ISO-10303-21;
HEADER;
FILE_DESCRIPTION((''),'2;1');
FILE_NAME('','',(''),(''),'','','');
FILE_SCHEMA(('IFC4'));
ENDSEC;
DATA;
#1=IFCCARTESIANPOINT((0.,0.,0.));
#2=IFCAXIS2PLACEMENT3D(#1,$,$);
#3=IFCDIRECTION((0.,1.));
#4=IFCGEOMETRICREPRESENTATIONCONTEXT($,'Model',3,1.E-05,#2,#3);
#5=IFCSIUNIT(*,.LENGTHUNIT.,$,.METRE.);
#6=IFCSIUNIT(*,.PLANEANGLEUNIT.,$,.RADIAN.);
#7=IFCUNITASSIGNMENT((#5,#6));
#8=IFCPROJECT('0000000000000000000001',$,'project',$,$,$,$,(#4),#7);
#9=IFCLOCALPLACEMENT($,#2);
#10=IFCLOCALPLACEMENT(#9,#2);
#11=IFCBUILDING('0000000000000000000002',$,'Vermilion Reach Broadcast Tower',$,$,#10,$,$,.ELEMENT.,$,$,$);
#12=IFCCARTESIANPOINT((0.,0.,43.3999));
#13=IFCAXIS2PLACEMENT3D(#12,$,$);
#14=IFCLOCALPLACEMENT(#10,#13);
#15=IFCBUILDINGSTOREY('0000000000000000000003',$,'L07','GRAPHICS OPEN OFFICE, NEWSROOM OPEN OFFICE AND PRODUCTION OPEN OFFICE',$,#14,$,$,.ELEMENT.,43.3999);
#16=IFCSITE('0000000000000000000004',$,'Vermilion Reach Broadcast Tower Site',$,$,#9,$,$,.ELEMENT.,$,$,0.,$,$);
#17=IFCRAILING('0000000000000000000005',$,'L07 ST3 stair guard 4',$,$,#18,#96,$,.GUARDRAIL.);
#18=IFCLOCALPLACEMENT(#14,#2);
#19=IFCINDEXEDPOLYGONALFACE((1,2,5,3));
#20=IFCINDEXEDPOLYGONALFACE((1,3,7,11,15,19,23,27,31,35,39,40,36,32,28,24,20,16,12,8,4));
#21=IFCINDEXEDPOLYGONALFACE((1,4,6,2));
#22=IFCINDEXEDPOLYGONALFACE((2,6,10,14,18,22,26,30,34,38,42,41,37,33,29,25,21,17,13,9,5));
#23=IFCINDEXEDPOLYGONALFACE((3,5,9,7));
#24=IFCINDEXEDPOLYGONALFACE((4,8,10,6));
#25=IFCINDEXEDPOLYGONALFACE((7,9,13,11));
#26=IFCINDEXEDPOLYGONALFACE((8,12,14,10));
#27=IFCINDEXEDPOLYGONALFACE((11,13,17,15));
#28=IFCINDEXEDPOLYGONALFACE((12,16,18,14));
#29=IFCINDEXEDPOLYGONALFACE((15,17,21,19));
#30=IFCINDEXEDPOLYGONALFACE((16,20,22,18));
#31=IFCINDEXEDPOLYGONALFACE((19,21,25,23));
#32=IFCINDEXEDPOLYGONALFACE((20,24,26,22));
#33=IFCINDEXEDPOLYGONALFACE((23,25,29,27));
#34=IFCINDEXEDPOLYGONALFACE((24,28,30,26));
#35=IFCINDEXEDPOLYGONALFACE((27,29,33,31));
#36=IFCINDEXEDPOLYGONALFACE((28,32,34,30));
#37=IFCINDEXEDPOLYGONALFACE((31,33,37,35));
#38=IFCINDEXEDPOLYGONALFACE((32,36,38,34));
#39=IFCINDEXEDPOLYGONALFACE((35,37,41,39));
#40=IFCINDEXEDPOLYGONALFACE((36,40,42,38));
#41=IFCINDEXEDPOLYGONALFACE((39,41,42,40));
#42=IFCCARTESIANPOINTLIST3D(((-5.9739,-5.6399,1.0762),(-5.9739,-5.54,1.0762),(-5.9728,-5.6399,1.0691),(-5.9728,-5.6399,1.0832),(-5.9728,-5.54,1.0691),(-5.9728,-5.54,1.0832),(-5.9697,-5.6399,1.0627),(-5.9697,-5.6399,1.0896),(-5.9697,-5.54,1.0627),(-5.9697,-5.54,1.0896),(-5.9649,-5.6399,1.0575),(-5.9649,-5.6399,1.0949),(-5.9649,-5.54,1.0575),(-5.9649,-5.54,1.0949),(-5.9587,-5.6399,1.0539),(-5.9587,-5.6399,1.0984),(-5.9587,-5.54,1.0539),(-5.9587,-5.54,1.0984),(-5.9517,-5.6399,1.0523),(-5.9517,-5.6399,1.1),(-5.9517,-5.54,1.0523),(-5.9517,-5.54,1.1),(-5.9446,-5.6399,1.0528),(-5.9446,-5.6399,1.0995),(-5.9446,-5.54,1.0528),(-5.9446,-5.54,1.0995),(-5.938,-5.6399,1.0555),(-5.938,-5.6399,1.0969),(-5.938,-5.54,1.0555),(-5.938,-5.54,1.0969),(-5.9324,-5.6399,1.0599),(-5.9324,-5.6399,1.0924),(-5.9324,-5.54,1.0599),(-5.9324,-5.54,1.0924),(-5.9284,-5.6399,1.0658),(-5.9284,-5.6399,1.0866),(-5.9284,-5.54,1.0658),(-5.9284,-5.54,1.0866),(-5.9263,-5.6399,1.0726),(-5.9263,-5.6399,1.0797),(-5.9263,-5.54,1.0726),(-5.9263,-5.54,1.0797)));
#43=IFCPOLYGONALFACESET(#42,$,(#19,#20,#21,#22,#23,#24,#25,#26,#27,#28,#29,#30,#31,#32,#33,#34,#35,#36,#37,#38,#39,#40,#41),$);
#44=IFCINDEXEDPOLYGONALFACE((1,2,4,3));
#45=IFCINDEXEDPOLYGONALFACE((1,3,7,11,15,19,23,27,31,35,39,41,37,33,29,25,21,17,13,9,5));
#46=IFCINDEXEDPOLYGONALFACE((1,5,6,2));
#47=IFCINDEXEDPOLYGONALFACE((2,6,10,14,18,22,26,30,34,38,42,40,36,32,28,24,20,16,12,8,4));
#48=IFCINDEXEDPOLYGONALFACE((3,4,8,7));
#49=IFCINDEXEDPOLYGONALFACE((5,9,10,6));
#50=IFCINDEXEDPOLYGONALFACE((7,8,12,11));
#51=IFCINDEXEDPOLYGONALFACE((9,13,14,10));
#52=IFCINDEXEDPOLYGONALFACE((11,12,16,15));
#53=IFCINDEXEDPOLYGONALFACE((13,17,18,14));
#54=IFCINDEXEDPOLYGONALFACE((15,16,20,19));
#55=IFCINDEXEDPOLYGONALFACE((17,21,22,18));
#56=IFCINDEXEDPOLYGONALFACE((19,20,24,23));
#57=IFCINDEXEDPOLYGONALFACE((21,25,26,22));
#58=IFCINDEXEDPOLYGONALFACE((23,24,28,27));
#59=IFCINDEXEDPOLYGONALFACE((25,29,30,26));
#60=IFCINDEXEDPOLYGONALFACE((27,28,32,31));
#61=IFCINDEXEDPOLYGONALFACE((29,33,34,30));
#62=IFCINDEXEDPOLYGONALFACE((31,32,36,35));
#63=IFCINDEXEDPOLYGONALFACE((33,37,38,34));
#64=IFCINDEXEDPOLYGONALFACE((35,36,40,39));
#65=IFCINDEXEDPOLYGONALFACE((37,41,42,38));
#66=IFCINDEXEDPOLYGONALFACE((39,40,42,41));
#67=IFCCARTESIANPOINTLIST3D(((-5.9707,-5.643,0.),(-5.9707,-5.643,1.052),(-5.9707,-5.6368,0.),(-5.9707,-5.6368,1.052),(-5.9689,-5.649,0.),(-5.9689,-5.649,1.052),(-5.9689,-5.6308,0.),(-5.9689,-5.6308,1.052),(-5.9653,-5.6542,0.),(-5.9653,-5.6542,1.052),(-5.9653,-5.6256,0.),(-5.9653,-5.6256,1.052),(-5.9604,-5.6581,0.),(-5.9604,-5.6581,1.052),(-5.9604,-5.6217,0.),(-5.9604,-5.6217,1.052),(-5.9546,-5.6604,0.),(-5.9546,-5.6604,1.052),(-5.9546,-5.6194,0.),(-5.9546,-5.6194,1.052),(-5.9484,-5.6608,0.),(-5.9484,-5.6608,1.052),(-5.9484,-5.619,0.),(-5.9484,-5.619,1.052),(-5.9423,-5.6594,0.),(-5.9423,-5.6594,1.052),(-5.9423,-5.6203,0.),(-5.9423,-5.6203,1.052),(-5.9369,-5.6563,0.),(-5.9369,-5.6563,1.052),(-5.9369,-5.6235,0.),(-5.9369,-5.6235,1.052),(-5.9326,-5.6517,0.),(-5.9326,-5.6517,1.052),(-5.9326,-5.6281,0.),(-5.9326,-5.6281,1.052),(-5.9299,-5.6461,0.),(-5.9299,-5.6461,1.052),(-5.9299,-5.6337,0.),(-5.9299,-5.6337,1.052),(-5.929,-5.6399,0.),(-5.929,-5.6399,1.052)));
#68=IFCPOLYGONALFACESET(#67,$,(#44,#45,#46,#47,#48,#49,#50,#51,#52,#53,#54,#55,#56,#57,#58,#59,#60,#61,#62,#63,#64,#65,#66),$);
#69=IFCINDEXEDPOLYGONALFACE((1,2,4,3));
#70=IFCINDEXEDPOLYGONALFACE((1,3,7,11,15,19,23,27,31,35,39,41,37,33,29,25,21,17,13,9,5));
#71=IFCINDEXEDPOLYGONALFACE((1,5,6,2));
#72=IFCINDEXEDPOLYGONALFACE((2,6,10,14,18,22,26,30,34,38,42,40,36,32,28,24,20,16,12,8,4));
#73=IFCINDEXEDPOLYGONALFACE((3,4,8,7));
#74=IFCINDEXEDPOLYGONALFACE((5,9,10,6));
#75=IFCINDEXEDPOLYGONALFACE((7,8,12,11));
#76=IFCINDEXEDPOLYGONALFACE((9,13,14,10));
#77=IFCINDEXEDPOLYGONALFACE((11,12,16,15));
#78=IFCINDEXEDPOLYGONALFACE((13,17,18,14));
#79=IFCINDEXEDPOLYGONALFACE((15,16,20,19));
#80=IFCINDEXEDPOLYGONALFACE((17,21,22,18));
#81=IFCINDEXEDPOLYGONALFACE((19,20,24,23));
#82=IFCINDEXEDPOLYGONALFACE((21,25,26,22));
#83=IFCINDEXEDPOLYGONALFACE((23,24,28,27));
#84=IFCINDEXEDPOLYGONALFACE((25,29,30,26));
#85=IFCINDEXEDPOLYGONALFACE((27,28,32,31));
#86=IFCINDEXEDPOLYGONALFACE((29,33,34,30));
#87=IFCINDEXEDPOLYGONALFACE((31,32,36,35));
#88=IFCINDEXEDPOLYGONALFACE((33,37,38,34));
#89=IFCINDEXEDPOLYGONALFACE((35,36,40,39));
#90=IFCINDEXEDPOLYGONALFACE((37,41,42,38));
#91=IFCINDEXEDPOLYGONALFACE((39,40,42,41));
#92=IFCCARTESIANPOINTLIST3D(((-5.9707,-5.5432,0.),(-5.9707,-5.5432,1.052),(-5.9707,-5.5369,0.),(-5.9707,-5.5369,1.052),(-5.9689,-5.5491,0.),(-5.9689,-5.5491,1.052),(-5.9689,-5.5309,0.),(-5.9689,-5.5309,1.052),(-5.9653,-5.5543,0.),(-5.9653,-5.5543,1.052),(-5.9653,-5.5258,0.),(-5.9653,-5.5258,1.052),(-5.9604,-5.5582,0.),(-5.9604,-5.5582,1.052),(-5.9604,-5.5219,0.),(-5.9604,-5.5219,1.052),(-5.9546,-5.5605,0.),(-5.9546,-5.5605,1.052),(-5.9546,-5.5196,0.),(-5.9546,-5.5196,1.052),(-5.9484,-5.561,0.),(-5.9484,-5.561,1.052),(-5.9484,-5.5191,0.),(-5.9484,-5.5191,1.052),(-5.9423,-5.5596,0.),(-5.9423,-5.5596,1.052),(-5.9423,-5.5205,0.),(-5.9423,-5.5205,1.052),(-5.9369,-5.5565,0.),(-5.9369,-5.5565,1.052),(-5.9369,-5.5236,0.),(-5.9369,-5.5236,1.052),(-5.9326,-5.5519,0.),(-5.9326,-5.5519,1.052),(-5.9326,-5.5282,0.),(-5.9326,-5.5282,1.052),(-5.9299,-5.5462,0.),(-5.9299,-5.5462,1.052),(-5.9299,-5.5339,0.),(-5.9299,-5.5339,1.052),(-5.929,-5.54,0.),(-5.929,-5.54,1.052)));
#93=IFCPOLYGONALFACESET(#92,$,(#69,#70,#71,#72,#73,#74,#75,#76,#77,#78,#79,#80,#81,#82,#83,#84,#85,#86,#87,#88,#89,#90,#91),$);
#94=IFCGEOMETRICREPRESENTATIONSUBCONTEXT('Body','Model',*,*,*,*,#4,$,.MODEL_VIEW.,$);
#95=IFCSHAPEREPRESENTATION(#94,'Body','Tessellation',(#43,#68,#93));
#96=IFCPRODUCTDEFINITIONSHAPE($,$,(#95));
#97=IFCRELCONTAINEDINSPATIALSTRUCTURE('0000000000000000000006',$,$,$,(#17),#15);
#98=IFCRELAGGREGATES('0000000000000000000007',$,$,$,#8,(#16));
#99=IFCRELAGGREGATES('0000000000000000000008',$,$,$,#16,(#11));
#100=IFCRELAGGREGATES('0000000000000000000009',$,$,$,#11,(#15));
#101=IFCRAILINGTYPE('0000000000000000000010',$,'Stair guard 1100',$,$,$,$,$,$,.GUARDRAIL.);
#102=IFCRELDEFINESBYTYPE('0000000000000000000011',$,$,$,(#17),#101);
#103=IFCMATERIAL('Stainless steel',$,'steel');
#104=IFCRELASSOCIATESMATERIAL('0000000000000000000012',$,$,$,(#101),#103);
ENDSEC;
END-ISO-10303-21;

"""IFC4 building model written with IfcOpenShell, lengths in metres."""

from ifc_helpers import new_model, si_unit, direction, frame, origin, origin_2d, place, context, subcontext, project, spatial, circle, extrude, material, type_object, element, save


model = new_model("IFC4")

# Units and contexts
model_context = context("Model", 3, precision=1e-05, world=origin(), true_north=direction((0.0, 1.0)))
body_context = subcontext(model_context, "Body", "Model", "MODEL_VIEW")
ifc_project = project(units=[si_unit("LENGTHUNIT", "METRE"), si_unit("PLANEANGLEUNIT", "RADIAN")], contexts=[model_context])

# Site, building, storey
site_placement = place(None, origin())
site = spatial("IfcSite", under=ifc_project, at=site_placement, Name="Vermilion Reach Broadcast Tower Site", CompositionType="ELEMENT", RefElevation=0.0)
building_placement = place(site_placement, origin())
building = spatial("IfcBuilding", under=site, at=building_placement, Name="Vermilion Reach Broadcast Tower", CompositionType="ELEMENT")
storey_placement = place(building_placement, frame((0.0, 0.0, 43.3999)))
storey = spatial("IfcBuildingStorey", under=building, at=storey_placement, Name="L07", Description="GRAPHICS OPEN OFFICE, NEWSROOM OPEN OFFICE AND PRODUCTION OPEN OFFICE", CompositionType="ELEMENT", Elevation=43.3999)

# Railing
ifc_material_1 = material(Name="Stainless steel", Category="steel")
railing_type_1 = type_object("IfcRailingType", Name="Stair guard 1100", PredefinedType="GUARDRAIL", material=ifc_material_1)
railing_1_placement = place(storey_placement, frame((-5.95, -5.6399, 0.0)))
element("IfcRailing", 1, at=railing_1_placement, inside=storey, type_object=railing_type_1, Name="L07 ST3 stair guard 4", PredefinedType="GUARDRAIL", context=body_context, shape_type="SweptSolid", body=[
    extrude(circle(Radius=0.0239, at=origin_2d()), frame((0.0, 0.0, 1.0762), z_axis=(0.0, 1.0, 0.0), x_axis=(-1.0, 0.0, 0.0)), (0.0, 0.0, 1.0), 0.0999),
    extrude(circle(Radius=0.021, at=origin_2d()), origin(), (0.0, 0.0, 1.0), 1.052),
    extrude(circle(Radius=0.021, at=origin_2d()), frame((0.0, 0.0999, 0.0)), (0.0, 0.0, 1.0), 1.052),
])

save(model, "model.ifc")
